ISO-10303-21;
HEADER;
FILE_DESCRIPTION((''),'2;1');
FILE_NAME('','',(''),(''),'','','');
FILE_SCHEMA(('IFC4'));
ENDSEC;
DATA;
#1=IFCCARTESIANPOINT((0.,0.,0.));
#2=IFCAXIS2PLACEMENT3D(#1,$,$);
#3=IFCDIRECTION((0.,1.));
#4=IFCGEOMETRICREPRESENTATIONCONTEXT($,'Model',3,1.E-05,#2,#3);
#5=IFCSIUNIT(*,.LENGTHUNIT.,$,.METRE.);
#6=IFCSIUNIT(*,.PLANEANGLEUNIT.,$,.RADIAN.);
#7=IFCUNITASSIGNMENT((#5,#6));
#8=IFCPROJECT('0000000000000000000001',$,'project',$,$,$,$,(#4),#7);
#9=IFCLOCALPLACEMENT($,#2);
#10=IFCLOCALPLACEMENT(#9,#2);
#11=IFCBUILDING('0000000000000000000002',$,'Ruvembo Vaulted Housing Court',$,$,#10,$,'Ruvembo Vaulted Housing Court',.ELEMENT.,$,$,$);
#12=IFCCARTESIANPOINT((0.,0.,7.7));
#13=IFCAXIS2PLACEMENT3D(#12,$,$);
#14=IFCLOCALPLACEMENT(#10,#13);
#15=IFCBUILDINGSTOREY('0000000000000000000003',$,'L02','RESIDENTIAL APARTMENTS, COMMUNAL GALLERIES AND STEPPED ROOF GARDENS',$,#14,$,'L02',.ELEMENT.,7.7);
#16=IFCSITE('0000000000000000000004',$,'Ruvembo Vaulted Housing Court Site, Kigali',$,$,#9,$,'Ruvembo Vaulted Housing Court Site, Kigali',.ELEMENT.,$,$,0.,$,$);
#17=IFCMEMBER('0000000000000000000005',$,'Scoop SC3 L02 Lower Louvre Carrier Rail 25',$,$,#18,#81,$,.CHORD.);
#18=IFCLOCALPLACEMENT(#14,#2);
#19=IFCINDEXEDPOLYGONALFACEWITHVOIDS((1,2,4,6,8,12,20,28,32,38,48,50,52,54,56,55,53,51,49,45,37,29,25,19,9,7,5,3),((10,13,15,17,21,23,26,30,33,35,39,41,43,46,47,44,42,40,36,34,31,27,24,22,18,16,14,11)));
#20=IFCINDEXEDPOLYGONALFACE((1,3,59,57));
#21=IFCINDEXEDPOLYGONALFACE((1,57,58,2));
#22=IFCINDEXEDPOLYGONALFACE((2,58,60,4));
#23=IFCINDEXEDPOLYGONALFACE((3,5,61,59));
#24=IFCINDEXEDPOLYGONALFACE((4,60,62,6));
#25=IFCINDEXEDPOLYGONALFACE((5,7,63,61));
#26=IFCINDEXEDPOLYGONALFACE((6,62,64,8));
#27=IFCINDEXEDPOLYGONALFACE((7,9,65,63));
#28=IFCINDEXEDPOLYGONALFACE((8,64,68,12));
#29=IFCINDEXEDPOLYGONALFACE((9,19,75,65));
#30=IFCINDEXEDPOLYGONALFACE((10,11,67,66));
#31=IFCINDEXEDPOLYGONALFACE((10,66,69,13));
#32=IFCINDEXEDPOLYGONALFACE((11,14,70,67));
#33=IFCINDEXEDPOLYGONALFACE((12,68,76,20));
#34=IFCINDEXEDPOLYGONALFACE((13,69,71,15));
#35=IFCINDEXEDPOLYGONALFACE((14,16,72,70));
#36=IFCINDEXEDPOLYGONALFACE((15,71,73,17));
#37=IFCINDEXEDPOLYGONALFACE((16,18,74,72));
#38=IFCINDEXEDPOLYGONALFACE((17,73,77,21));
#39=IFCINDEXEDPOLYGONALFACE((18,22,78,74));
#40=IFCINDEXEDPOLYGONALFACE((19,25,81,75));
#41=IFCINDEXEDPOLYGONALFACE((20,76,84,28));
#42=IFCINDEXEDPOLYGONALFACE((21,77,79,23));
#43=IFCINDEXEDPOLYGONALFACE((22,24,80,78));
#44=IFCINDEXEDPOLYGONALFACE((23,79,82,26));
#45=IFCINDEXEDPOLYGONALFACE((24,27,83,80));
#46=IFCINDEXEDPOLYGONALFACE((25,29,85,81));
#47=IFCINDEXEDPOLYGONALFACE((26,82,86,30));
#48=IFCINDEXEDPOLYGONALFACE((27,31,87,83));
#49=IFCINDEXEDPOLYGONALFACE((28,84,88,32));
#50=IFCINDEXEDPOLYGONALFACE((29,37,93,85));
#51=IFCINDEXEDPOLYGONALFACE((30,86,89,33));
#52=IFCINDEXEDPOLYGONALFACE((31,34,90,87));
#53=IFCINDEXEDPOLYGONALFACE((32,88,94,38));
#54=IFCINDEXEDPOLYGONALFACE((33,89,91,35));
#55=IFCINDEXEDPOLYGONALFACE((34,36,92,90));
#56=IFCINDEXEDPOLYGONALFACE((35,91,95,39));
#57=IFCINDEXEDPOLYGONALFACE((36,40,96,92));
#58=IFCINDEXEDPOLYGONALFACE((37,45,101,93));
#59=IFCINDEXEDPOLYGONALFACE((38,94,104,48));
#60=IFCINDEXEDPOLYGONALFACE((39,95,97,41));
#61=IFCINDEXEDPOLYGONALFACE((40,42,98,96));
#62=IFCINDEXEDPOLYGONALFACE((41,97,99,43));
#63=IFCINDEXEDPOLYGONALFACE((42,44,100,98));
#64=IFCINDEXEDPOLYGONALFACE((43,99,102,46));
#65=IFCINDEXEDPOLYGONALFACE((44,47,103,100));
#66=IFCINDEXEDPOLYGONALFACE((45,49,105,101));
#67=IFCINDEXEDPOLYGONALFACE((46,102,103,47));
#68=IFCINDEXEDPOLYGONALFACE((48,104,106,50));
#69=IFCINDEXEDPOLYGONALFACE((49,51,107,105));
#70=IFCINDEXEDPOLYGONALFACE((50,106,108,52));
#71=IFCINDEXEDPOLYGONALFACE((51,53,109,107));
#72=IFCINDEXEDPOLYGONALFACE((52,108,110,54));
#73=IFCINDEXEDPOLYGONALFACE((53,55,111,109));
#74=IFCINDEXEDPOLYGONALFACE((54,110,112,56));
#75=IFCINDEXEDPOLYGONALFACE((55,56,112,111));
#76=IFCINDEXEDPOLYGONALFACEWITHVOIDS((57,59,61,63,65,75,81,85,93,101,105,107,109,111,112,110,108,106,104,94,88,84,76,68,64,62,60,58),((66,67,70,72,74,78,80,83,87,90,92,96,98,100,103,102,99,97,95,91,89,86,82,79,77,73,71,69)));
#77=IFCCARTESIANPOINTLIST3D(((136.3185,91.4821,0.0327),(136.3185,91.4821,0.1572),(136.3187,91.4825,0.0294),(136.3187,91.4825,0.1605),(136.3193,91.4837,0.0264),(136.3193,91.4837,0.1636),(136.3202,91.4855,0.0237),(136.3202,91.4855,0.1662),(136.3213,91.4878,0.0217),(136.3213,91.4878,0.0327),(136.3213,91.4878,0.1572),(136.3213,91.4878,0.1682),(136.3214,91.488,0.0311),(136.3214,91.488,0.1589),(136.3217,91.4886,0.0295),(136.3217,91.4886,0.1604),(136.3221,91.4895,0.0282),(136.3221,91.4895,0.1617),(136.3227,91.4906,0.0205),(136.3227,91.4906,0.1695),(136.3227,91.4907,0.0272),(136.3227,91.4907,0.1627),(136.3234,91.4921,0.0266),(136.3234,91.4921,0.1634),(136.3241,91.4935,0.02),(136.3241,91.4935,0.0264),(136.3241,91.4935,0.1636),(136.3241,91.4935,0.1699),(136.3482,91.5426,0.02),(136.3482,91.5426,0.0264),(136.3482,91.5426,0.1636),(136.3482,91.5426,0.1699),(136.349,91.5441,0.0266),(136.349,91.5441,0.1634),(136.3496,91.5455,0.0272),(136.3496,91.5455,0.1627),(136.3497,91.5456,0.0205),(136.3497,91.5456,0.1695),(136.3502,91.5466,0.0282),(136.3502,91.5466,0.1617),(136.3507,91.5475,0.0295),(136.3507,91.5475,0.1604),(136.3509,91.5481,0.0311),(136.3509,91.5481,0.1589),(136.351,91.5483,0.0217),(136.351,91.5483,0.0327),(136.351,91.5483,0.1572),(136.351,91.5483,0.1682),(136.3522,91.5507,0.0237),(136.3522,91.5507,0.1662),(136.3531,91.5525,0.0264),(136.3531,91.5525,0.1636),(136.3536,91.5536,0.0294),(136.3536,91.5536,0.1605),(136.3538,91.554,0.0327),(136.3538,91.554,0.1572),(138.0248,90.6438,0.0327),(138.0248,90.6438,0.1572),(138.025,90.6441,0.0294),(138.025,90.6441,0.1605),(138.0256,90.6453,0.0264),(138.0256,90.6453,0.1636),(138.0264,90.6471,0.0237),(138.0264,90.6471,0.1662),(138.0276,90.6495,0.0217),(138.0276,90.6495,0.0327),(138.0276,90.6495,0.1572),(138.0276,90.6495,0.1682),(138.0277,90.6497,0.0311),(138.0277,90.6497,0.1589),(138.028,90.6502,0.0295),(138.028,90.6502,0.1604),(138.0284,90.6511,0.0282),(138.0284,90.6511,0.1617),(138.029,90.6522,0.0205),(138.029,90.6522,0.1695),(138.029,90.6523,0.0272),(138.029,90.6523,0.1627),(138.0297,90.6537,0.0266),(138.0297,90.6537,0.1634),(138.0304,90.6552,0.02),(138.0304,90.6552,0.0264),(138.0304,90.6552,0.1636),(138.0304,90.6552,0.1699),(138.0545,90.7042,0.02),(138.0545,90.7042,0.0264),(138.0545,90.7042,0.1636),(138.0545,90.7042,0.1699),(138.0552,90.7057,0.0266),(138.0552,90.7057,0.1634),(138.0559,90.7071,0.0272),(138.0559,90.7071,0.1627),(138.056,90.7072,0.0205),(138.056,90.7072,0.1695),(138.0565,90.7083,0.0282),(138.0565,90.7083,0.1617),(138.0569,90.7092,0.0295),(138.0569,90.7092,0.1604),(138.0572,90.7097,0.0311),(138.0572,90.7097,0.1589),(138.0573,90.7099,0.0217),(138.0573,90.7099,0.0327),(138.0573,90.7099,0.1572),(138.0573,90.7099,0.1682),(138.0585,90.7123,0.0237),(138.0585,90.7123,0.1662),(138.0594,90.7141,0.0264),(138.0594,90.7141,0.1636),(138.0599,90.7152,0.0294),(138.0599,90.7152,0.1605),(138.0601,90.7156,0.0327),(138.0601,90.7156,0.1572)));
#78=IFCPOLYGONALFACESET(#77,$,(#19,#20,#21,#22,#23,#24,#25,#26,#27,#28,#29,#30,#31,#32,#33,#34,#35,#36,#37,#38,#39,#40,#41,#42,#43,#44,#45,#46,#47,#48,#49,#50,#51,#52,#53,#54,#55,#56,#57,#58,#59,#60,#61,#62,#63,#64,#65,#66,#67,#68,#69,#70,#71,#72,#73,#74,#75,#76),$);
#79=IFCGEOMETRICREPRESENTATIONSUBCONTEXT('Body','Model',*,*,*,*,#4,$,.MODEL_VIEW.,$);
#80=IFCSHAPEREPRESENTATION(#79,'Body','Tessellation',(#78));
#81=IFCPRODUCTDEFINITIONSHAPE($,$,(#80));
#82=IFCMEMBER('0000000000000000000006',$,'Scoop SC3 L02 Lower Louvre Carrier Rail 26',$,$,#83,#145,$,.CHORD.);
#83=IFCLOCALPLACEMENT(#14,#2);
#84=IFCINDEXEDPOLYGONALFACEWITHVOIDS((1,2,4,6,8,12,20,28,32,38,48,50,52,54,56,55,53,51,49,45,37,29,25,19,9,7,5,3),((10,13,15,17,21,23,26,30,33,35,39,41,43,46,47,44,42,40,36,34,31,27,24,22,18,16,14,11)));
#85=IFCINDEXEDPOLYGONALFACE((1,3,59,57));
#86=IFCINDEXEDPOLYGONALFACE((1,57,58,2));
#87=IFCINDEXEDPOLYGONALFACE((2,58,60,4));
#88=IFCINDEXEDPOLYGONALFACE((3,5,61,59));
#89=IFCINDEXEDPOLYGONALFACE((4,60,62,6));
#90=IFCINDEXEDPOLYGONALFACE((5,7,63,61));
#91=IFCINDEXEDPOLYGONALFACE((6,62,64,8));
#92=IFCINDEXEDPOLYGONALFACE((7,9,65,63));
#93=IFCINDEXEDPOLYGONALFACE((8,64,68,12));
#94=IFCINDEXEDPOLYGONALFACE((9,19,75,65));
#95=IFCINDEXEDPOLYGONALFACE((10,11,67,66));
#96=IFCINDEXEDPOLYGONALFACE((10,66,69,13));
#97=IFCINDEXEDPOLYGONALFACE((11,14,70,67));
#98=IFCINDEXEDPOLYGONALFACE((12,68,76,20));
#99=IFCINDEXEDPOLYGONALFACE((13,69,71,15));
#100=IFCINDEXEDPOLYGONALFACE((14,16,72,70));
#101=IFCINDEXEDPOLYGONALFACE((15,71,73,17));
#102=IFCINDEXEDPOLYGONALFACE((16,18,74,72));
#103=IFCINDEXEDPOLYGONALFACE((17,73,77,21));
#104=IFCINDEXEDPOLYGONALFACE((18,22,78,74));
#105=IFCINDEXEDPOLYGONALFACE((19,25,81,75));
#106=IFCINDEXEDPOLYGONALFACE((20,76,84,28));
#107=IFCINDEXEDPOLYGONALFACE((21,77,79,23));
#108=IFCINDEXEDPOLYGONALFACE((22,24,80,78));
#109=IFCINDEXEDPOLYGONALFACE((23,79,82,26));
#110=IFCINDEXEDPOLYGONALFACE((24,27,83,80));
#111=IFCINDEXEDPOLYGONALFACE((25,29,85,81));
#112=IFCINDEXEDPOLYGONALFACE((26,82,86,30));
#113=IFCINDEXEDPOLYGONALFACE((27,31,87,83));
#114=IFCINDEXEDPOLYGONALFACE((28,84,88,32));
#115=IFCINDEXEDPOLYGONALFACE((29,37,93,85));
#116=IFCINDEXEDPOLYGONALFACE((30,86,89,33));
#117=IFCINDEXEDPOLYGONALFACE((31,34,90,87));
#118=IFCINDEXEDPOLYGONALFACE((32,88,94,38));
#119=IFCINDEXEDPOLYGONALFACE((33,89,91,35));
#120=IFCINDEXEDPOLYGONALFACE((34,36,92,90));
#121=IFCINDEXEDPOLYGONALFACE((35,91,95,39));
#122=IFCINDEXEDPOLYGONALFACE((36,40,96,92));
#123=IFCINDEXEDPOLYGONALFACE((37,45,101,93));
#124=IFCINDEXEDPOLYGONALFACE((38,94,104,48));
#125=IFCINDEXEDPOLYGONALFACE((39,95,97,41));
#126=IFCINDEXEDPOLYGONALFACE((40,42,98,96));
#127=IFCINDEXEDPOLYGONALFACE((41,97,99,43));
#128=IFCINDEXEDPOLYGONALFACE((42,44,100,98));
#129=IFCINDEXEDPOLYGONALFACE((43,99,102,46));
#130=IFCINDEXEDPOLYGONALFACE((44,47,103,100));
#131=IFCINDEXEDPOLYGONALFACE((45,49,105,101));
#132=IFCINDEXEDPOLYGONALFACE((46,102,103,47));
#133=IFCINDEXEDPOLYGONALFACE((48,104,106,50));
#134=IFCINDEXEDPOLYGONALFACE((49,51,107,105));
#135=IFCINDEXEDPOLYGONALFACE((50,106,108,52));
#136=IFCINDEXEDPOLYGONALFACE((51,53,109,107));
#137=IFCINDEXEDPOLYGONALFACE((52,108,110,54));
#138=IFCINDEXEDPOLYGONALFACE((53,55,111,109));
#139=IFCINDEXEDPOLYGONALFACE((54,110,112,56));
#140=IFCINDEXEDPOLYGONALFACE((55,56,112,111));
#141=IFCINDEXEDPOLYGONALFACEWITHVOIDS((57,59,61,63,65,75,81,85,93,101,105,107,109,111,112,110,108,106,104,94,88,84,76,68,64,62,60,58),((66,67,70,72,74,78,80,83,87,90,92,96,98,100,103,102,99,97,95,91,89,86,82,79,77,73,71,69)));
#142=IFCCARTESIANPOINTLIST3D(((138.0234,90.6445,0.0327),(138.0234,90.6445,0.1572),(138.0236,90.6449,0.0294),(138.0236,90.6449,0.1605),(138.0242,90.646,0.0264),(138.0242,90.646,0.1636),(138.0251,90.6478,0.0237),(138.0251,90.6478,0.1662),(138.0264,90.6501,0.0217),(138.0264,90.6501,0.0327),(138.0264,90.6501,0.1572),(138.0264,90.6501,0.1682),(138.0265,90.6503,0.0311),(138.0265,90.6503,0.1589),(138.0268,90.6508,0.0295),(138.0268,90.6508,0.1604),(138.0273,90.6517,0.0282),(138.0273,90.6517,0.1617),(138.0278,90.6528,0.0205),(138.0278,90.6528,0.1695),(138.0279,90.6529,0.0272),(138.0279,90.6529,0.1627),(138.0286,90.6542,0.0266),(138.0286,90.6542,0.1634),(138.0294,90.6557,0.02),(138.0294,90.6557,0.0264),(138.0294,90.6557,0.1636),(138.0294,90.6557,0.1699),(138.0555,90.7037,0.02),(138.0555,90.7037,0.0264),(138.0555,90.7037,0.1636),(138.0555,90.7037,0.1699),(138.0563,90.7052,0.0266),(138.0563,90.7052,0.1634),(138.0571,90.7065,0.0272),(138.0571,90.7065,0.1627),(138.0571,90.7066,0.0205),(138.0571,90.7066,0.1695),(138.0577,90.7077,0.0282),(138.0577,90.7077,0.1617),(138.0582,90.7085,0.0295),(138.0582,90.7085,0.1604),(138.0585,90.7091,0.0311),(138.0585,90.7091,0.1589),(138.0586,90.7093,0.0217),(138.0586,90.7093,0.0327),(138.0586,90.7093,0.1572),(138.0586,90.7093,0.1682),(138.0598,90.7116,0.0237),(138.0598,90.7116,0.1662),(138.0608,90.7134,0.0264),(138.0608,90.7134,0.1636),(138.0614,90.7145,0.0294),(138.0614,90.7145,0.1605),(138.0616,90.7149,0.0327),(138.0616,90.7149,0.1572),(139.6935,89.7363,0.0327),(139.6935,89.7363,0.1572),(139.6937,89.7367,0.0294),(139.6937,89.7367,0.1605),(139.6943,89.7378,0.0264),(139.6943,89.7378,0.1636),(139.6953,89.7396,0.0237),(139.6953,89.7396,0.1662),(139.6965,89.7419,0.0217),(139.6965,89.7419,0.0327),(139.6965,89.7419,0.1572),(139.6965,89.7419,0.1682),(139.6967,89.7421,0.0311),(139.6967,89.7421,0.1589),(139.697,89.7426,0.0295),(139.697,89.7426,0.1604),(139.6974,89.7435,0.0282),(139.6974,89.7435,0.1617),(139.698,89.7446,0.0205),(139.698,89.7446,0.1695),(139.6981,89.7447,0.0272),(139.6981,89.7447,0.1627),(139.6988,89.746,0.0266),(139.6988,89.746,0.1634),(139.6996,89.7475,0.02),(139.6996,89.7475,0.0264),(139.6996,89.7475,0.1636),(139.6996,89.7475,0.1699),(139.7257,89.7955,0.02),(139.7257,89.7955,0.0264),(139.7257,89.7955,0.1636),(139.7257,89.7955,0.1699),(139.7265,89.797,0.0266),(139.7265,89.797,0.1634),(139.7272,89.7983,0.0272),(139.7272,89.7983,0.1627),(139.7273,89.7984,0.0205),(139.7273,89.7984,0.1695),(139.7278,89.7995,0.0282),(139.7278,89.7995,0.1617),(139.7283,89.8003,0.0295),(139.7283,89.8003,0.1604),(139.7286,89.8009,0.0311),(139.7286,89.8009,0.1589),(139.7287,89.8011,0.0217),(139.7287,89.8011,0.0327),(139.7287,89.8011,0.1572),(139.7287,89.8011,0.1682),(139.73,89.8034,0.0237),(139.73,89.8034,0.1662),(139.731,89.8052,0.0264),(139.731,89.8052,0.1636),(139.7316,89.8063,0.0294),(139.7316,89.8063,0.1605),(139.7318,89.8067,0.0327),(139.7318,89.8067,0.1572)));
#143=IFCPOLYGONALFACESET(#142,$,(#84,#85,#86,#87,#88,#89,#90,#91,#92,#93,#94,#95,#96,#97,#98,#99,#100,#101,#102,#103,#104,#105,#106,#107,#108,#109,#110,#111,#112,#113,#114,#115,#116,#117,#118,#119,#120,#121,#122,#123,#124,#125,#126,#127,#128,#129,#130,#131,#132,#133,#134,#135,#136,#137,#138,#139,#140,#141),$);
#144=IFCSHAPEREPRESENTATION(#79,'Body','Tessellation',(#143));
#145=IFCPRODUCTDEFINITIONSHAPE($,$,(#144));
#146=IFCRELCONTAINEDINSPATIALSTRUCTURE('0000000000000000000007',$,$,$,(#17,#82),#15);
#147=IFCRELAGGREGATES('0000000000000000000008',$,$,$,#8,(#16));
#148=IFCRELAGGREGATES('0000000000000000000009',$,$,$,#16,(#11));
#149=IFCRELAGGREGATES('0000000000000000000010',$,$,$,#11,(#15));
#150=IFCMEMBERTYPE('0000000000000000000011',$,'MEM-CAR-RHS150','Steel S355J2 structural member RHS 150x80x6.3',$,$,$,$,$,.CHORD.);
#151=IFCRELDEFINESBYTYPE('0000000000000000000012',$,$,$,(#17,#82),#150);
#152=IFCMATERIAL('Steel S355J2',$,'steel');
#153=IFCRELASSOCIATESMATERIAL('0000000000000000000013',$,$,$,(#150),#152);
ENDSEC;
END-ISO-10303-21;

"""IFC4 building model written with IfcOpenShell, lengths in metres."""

from ifc_helpers import new_model, si_unit, direction, frame, origin, origin_2d, place, context, subcontext, project, spatial, hollow_rectangle, extrude, material, material_profile, profile_set, type_object, element, save


model = new_model("IFC4")

# Units and contexts
model_context = context("Model", 3, precision=1e-05, world=origin(), true_north=direction((0.0, 1.0)))
body_context = subcontext(model_context, "Body", "Model", "MODEL_VIEW")
ifc_project = project(units=[si_unit("LENGTHUNIT", "METRE"), si_unit("PLANEANGLEUNIT", "RADIAN")], contexts=[model_context])

# Site, building, storey
site_placement = place(None, origin())
site = spatial("IfcSite", under=ifc_project, at=site_placement, Name="Ruvembo Vaulted Housing Court Site, Kigali", LongName="Ruvembo Vaulted Housing Court Site, Kigali", CompositionType="ELEMENT", RefElevation=0.0)
building_placement = place(site_placement, origin())
building = spatial("IfcBuilding", under=site, at=building_placement, Name="Ruvembo Vaulted Housing Court", LongName="Ruvembo Vaulted Housing Court", CompositionType="ELEMENT")
storey_placement = place(building_placement, frame((0.0, 0.0, 7.7)))
storey = spatial("IfcBuildingStorey", under=building, at=storey_placement, Name="L02", Description="RESIDENTIAL APARTMENTS, COMMUNAL GALLERIES AND STEPPED ROOF GARDENS", LongName="L02", CompositionType="ELEMENT", Elevation=7.7)

# Shared definitions
ifc_material_1 = material(Name="Steel S355J2", Category="steel")

# Members
ifc_material_profile_1 = material_profile(ifc_material_1, hollow_rectangle(XDim=0.0801, YDim=0.1499, WallThickness=0.0063, InnerFilletRadius=0.0063, OuterFilletRadius=0.0127, at=origin_2d()), Name="RHS 150x80x6.3")
ifc_profile_set_1 = profile_set([ifc_material_profile_1], Name="Steel S355J2")
member_type_1 = type_object("IfcMemberType", Name="MEM-CAR-RHS150", Description="Steel S355J2 structural member RHS 150x80x6.3", PredefinedType="CHORD", material=ifc_profile_set_1)
for number, where, z_axis, x_axis, name in (
    (1, (136.3362, 91.5181, 0.095), (0.897513, -0.440987, 0.0), (0.440987, 0.897513, 0.0), "Scoop SC3 L02 Lower Louvre Carrier Rail 25"),
    (2, (138.0425, 90.6797, 0.095), (0.878513, -0.477718, 0.0), (0.477718, 0.878513, 0.0), "Scoop SC3 L02 Lower Louvre Carrier Rail 26"),
):
    element("IfcMember", number, at=place(storey_placement, frame(where, z_axis=z_axis, x_axis=x_axis)), inside=storey, type_object=member_type_1, Name=name, PredefinedType="CHORD", context=body_context, shape_type="SweptSolid", body=[
        extrude(hollow_rectangle(XDim=0.0801, YDim=0.1499, WallThickness=0.0063, InnerFilletRadius=0.0063, OuterFilletRadius=0.0127, at=origin_2d()), origin(), (0.0, 0.0, 1.0), 1.9011),
    ])

save(model, "model.ifc")
